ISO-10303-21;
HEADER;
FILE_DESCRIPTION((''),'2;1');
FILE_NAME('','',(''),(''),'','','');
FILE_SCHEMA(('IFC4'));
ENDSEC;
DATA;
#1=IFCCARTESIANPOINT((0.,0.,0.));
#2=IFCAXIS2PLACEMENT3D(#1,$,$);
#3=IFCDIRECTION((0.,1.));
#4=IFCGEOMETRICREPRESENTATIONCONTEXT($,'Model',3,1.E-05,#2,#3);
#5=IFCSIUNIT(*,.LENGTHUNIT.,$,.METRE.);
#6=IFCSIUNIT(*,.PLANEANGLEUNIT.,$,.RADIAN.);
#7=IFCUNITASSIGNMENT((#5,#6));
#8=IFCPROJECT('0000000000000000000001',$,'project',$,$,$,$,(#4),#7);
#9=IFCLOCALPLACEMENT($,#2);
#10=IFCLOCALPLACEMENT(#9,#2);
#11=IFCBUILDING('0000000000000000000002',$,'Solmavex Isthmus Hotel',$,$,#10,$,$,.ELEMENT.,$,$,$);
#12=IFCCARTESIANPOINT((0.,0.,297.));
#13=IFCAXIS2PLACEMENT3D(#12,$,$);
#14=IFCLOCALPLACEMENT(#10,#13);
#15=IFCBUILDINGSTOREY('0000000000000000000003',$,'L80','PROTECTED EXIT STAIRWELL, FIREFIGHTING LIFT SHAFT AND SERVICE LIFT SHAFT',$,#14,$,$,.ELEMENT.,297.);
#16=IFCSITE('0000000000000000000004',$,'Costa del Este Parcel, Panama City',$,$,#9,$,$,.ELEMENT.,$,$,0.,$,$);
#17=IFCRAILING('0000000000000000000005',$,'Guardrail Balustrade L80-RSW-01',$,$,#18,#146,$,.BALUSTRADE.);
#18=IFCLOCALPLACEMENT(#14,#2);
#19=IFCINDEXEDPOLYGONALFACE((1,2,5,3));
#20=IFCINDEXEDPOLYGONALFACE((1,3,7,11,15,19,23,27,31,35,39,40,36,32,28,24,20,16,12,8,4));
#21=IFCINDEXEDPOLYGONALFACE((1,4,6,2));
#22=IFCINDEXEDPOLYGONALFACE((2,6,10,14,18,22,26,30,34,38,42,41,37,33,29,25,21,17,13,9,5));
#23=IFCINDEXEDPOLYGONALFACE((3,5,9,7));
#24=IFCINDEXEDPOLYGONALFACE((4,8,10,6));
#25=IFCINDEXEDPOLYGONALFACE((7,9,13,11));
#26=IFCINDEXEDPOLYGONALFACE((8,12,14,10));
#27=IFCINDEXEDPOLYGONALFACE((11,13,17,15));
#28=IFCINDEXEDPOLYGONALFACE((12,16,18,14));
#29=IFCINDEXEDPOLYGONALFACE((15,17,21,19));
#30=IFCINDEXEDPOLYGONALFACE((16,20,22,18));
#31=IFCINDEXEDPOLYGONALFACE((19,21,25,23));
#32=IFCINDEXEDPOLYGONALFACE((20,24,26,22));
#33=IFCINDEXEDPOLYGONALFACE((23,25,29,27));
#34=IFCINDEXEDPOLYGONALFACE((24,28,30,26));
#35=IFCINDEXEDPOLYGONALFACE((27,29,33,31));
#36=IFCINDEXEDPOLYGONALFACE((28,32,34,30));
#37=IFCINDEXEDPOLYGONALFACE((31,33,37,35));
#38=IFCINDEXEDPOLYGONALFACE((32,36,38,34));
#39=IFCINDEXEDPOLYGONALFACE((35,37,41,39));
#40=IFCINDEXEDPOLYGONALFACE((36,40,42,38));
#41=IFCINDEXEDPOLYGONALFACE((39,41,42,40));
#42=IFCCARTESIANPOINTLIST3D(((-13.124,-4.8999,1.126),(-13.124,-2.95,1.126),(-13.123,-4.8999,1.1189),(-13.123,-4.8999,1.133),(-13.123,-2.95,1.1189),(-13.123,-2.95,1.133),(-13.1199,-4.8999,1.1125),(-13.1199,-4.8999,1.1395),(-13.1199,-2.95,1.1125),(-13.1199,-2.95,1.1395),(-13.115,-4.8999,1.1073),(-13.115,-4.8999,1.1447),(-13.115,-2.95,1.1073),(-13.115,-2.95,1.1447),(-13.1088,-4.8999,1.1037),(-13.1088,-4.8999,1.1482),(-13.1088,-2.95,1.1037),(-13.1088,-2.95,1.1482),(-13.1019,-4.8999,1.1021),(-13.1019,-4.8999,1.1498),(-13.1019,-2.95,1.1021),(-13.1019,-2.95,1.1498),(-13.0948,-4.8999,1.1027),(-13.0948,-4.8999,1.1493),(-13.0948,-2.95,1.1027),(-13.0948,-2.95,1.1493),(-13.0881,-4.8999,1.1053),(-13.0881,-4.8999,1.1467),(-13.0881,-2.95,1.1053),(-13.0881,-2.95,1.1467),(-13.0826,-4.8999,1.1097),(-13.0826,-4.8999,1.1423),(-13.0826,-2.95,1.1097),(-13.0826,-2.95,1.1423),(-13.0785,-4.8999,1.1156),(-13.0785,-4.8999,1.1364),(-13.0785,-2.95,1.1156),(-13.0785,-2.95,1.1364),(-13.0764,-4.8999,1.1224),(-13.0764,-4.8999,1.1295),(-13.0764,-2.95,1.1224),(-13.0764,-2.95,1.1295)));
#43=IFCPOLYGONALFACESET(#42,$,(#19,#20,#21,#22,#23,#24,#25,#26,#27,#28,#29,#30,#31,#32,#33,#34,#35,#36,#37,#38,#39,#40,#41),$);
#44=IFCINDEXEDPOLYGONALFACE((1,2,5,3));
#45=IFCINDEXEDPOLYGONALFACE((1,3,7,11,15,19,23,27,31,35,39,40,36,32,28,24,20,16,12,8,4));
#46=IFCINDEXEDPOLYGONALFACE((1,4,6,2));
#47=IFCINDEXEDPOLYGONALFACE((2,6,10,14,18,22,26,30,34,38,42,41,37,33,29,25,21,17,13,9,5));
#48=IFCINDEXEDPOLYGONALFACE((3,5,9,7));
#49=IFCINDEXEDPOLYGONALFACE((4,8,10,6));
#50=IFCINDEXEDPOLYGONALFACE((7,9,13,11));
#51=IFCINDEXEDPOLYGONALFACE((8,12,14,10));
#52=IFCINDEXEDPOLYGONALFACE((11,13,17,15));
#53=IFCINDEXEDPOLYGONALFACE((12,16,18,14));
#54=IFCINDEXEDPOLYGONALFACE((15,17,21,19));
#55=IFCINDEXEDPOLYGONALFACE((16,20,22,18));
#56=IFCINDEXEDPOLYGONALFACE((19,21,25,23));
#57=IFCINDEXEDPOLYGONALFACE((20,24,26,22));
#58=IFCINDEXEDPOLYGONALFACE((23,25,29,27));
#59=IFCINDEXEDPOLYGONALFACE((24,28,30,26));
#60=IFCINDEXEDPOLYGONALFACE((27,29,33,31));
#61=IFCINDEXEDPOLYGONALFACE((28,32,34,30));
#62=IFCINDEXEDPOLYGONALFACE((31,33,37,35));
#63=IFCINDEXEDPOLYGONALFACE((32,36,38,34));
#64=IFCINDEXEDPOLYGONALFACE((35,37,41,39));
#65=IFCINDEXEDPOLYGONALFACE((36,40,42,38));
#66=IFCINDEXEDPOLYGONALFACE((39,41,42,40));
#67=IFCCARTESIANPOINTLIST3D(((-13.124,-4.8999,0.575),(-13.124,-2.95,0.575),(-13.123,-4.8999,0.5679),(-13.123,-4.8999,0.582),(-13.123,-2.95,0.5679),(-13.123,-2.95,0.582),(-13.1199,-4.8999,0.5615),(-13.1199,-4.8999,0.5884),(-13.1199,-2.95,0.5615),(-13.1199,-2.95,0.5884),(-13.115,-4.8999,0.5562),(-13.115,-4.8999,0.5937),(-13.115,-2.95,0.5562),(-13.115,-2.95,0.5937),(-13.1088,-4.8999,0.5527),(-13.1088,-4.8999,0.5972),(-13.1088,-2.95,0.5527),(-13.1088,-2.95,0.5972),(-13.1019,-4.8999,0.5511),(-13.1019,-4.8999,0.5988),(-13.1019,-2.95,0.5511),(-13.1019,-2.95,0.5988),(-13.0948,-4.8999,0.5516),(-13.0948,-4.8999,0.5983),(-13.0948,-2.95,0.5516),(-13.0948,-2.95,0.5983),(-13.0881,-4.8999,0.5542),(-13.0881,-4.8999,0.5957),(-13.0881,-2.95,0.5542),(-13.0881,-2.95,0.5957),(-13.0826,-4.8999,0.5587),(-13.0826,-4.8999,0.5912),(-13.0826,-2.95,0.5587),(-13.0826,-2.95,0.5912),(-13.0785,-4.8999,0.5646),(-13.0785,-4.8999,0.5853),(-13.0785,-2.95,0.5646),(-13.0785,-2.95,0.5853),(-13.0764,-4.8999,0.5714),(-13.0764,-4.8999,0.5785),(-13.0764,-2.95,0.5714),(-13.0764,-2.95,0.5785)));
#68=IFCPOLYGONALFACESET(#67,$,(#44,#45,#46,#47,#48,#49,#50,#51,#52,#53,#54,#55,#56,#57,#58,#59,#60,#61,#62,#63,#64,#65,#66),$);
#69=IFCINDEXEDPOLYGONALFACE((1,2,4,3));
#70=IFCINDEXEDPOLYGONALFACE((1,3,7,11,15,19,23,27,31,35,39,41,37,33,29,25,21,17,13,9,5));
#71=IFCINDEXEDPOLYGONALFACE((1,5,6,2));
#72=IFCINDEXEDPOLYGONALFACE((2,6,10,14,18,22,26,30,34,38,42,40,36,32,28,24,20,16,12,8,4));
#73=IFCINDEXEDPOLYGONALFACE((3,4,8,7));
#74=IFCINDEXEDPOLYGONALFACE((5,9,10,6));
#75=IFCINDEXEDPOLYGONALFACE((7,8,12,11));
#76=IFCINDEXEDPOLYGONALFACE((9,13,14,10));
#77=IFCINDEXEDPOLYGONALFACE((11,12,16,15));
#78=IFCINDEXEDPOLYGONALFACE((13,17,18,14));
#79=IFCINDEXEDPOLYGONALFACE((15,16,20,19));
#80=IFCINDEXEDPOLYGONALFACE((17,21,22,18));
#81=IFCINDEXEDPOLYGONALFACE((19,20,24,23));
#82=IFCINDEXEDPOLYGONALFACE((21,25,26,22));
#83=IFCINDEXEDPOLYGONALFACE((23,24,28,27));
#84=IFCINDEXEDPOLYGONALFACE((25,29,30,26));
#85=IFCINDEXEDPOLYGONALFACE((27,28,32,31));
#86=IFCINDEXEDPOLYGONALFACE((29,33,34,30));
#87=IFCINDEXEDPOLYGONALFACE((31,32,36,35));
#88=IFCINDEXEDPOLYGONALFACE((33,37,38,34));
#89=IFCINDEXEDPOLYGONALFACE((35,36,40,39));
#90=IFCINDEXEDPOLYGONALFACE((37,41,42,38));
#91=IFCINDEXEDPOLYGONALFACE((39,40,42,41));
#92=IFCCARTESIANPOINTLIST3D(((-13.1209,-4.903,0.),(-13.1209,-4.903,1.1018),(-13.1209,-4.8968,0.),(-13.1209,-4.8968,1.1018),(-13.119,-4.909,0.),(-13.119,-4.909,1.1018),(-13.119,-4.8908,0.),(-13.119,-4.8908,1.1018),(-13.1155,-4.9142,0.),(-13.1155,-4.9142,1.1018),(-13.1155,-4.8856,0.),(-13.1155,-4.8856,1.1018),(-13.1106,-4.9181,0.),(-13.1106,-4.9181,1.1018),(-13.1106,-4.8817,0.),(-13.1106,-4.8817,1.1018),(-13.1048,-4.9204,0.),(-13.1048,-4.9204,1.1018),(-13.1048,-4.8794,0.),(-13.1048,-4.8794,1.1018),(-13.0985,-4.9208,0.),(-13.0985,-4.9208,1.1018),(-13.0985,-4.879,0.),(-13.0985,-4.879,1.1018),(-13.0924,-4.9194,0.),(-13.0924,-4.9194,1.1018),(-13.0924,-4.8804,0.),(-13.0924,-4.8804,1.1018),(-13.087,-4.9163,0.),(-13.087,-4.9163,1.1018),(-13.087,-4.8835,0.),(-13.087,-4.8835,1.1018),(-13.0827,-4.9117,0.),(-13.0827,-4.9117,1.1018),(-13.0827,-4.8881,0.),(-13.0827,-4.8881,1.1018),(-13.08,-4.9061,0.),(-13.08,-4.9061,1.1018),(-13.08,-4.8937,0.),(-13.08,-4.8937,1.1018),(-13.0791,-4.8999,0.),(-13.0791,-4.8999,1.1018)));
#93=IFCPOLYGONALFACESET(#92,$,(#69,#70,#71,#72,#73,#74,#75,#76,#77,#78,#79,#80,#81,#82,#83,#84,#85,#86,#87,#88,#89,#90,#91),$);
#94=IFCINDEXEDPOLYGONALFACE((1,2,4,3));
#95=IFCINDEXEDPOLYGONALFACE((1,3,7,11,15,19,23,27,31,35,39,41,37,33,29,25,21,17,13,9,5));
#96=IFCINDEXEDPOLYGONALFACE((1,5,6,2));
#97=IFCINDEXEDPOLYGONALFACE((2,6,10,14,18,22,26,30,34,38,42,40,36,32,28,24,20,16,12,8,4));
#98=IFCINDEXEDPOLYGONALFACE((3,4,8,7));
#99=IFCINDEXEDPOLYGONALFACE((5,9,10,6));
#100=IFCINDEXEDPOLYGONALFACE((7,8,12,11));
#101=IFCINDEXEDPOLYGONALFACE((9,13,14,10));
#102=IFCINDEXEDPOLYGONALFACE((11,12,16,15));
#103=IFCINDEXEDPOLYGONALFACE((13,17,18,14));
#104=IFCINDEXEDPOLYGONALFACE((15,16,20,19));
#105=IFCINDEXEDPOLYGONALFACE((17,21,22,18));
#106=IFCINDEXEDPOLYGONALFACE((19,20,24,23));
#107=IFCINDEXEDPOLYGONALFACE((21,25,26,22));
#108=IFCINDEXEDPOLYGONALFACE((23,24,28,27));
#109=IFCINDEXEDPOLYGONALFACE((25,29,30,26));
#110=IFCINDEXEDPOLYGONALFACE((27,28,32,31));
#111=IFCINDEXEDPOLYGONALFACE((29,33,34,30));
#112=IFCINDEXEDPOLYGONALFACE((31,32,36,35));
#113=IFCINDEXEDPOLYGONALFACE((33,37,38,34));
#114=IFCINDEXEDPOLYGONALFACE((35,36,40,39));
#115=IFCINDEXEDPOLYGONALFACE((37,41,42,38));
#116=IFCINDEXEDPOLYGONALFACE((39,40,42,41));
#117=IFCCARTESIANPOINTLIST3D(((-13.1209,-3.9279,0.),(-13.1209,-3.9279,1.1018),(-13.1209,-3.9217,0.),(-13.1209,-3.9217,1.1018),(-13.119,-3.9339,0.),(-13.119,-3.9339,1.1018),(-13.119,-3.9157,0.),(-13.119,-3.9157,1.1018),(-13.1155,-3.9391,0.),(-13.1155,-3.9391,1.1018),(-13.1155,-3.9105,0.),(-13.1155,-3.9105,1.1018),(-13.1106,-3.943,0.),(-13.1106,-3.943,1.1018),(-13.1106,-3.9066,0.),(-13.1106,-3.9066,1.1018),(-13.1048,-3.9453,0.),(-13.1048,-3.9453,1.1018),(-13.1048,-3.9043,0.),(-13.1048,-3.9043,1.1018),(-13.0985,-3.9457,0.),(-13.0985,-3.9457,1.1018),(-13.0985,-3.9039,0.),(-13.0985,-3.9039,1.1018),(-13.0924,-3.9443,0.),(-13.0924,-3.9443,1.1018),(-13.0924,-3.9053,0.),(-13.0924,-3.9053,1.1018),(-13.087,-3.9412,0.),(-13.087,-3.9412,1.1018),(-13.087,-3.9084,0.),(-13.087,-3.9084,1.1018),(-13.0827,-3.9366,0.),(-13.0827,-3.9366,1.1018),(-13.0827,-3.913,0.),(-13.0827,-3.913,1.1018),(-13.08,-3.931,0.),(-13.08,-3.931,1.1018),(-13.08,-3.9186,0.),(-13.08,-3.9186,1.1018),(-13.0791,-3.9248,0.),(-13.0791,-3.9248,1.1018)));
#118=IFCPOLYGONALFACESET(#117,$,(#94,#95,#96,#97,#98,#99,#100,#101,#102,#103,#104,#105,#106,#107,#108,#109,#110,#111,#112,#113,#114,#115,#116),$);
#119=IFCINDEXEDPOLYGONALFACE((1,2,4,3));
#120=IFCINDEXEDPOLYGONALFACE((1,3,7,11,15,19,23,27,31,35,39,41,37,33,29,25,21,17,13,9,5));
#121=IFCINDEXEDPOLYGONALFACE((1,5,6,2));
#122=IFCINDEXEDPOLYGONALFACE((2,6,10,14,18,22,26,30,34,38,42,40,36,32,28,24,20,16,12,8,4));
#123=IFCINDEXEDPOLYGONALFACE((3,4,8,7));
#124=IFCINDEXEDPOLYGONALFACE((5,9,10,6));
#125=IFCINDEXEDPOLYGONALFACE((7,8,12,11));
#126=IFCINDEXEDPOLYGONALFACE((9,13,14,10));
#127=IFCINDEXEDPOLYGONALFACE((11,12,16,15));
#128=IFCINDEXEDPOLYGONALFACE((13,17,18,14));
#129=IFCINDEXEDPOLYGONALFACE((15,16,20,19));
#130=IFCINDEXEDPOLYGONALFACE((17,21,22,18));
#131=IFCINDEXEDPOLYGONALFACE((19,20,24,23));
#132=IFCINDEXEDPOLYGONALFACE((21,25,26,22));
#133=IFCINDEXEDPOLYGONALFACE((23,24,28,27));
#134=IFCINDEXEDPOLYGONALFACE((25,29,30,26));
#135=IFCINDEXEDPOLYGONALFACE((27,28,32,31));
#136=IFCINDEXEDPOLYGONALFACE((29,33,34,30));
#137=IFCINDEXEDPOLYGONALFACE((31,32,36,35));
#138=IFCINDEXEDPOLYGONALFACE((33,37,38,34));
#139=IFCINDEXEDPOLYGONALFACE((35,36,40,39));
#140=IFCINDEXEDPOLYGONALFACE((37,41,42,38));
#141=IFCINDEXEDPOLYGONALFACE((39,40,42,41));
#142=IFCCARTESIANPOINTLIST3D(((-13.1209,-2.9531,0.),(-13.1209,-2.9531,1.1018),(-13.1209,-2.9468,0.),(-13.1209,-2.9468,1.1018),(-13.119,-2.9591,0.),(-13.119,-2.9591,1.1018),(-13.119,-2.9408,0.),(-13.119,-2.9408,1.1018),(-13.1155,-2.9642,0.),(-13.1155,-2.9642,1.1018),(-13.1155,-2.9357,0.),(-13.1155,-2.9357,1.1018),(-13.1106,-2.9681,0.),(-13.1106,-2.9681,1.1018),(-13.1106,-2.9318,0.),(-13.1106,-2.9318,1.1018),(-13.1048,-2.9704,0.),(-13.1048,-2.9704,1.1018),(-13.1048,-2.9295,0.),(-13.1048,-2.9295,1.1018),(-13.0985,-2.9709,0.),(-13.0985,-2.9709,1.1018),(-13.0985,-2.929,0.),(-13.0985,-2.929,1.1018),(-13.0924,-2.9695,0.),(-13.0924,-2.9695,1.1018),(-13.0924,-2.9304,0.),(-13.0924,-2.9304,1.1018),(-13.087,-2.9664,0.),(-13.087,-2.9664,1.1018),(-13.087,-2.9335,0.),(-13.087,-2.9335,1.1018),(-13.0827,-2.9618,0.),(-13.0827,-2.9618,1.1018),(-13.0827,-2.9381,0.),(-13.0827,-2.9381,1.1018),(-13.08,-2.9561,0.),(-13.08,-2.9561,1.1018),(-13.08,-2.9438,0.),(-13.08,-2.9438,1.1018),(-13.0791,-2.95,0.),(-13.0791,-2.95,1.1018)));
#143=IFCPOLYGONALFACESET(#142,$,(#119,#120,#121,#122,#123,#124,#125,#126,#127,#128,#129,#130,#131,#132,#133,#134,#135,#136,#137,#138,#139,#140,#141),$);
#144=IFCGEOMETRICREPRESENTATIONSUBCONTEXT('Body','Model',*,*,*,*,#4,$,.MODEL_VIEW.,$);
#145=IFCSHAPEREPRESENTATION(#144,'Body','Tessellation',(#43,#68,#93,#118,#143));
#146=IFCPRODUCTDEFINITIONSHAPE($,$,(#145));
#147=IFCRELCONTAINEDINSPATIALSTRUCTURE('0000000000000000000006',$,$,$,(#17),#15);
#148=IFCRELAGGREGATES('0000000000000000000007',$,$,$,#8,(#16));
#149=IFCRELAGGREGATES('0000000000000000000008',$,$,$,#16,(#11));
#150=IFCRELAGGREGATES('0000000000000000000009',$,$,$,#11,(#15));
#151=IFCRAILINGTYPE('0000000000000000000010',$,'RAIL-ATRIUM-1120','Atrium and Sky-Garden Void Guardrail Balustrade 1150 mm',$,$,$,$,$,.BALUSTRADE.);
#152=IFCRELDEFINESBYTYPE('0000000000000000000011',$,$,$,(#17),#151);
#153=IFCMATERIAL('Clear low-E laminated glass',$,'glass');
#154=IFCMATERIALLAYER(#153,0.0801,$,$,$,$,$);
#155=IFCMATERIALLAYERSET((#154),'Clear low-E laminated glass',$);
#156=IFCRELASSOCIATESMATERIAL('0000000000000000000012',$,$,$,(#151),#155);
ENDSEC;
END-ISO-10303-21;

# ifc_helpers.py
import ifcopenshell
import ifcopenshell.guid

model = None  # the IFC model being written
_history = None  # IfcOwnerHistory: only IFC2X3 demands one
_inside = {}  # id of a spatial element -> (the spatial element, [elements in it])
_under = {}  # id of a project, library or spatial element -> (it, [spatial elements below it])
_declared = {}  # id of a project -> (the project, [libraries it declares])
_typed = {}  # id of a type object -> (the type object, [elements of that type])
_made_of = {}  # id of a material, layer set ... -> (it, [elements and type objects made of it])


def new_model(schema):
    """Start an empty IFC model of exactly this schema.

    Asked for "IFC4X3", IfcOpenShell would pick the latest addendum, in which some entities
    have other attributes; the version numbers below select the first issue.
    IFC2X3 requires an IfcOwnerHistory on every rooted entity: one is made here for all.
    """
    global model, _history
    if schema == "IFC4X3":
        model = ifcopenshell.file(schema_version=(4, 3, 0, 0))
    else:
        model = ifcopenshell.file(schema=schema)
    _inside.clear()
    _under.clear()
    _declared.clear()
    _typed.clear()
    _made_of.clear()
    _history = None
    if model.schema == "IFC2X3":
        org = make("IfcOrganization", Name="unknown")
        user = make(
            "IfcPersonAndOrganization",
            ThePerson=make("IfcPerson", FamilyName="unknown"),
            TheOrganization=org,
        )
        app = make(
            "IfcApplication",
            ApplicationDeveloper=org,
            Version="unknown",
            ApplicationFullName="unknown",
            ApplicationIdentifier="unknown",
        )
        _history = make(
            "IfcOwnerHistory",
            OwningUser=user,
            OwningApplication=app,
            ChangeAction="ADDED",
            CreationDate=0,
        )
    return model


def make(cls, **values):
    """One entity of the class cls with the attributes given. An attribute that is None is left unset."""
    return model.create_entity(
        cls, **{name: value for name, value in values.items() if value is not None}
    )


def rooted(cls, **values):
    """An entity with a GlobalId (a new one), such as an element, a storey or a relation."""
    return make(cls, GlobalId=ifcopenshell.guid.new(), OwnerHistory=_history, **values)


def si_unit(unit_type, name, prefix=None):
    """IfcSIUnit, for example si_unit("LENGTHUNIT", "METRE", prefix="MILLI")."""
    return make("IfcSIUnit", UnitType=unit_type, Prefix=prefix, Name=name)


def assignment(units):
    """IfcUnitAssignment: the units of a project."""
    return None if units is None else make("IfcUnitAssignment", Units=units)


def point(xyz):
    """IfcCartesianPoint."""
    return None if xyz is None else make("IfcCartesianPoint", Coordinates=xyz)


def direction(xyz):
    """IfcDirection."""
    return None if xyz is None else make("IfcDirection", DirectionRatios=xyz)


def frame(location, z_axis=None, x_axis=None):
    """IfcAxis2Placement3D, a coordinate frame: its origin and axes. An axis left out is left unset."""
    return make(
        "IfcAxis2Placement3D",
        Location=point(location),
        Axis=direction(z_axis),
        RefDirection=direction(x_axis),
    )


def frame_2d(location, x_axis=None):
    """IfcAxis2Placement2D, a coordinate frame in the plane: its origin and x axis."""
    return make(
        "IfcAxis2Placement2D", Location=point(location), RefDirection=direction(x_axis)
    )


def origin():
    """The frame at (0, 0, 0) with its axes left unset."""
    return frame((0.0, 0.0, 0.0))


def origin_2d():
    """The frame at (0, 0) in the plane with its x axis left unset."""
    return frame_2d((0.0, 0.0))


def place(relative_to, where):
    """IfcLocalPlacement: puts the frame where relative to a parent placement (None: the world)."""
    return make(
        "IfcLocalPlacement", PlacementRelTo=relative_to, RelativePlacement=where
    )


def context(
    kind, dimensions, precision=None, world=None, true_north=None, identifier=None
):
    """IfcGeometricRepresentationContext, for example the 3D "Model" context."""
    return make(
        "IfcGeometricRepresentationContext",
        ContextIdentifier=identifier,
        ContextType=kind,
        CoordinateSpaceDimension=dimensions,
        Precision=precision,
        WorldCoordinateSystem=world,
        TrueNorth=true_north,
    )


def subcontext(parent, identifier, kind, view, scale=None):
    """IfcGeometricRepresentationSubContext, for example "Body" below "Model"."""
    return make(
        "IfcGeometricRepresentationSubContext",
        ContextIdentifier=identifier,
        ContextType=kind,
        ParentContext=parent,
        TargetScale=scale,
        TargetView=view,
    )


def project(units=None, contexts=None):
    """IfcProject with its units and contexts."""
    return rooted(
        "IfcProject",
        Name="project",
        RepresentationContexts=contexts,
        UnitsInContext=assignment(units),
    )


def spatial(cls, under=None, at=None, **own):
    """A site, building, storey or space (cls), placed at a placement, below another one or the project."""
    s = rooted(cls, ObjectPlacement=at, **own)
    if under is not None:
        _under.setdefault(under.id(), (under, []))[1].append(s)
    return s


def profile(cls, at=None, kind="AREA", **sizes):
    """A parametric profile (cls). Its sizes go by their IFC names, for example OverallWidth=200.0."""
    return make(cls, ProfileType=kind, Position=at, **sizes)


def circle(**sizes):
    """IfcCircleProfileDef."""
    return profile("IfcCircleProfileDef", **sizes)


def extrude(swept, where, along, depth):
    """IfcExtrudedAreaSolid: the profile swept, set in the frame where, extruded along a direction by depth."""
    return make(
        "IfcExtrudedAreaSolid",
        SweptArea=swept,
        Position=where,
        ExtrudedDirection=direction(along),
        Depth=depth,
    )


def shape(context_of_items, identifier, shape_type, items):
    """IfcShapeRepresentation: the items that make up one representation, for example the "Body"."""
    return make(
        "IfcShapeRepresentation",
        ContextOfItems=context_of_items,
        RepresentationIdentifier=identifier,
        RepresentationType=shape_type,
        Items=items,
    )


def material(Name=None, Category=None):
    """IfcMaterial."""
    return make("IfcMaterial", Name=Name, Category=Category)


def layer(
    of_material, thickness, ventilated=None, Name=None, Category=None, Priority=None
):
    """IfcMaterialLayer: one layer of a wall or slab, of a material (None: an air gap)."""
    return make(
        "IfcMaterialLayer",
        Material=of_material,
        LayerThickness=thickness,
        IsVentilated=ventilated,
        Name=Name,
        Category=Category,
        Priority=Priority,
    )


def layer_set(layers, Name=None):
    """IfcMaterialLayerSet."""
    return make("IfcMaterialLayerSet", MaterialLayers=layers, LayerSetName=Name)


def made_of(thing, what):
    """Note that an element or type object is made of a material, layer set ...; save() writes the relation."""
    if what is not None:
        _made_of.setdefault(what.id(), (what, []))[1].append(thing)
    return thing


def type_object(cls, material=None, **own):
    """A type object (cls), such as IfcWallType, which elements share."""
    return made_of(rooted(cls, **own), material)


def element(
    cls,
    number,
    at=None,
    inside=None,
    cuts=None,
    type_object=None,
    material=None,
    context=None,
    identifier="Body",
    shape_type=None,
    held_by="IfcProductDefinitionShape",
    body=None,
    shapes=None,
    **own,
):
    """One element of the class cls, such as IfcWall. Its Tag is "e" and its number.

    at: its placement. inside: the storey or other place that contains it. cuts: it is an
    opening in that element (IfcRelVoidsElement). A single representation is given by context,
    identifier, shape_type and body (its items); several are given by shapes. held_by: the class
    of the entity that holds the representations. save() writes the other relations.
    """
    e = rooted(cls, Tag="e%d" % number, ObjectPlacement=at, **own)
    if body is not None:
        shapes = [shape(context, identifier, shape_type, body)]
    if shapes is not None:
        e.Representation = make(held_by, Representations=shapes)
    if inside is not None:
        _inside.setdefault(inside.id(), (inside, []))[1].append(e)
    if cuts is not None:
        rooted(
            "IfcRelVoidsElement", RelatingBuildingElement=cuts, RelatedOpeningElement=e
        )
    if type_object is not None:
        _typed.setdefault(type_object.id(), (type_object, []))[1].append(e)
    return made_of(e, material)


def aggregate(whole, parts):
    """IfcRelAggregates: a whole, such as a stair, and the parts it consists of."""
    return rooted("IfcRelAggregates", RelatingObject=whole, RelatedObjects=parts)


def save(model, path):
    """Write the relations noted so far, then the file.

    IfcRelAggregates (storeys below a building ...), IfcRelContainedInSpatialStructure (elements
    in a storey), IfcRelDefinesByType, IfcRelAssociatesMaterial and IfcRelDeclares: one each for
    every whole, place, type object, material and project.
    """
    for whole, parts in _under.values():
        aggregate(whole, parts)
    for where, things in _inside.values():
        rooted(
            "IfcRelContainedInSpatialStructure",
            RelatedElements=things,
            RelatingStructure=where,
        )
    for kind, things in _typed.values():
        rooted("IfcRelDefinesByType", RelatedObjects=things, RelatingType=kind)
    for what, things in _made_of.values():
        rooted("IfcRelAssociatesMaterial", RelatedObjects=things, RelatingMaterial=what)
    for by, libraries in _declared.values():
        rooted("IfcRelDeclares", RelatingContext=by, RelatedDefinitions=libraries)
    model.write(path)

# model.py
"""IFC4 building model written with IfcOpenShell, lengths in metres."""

from ifc_helpers import new_model, si_unit, direction, frame, origin, origin_2d, place, context, subcontext, project, spatial, circle, extrude, material, layer, layer_set, type_object, element, save


model = new_model("IFC4")

# Units and contexts
model_context = context("Model", 3, precision=1e-05, world=origin(), true_north=direction((0.0, 1.0)))
body_context = subcontext(model_context, "Body", "Model", "MODEL_VIEW")
ifc_project = project(units=[si_unit("LENGTHUNIT", "METRE"), si_unit("PLANEANGLEUNIT", "RADIAN")], contexts=[model_context])

# Site, building, storey
site_placement = place(None, origin())
site = spatial("IfcSite", under=ifc_project, at=site_placement, Name="Costa del Este Parcel, Panama City", CompositionType="ELEMENT", RefElevation=0.0)
building_placement = place(site_placement, origin())
building = spatial("IfcBuilding", under=site, at=building_placement, Name="Solmavex Isthmus Hotel", CompositionType="ELEMENT")
storey_placement = place(building_placement, frame((0.0, 0.0, 297.0)))
storey = spatial("IfcBuildingStorey", under=building, at=storey_placement, Name="L80", Description="PROTECTED EXIT STAIRWELL, FIREFIGHTING LIFT SHAFT AND SERVICE LIFT SHAFT", CompositionType="ELEMENT", Elevation=297.0)

# Railing
ifc_material_1 = material(Name="Clear low-E laminated glass", Category="glass")
ifc_layer_1 = layer(ifc_material_1, 0.0801)
ifc_layer_set_1 = layer_set([ifc_layer_1], Name="Clear low-E laminated glass")
railing_type_1 = type_object("IfcRailingType", Name="RAIL-ATRIUM-1120", Description="Atrium and Sky-Garden Void Guardrail Balustrade 1150 mm", PredefinedType="BALUSTRADE", material=ifc_layer_set_1)
railing_1_placement = place(storey_placement, frame((-13.1001, -4.8999, 0.0)))
element("IfcRailing", 1, at=railing_1_placement, inside=storey, type_object=railing_type_1, Name="Guardrail Balustrade L80-RSW-01", PredefinedType="BALUSTRADE", context=body_context, shape_type="SweptSolid", body=[
    extrude(circle(Radius=0.0239, at=origin_2d()), frame((0.0, 0.0, 1.126), z_axis=(0.0, 1.0, 0.0), x_axis=(-1.0, 0.0, 0.0)), (0.0, 0.0, 1.0), 1.95),
    extrude(circle(Radius=0.0239, at=origin_2d()), frame((0.0, 0.0, 0.575), z_axis=(0.0, 1.0, 0.0), x_axis=(-1.0, 0.0, 0.0)), (0.0, 0.0, 1.0), 1.95),
    extrude(circle(Radius=0.021, at=origin_2d()), origin(), (0.0, 0.0, 1.0), 1.1018),
    extrude(circle(Radius=0.021, at=origin_2d()), frame((0.0, 0.9751, 0.0)), (0.0, 0.0, 1.0), 1.1018),
    extrude(circle(Radius=0.021, at=origin_2d()), frame((0.0, 1.95, 0.0)), (0.0, 0.0, 1.0), 1.1018),
])

save(model, "model.ifc")
